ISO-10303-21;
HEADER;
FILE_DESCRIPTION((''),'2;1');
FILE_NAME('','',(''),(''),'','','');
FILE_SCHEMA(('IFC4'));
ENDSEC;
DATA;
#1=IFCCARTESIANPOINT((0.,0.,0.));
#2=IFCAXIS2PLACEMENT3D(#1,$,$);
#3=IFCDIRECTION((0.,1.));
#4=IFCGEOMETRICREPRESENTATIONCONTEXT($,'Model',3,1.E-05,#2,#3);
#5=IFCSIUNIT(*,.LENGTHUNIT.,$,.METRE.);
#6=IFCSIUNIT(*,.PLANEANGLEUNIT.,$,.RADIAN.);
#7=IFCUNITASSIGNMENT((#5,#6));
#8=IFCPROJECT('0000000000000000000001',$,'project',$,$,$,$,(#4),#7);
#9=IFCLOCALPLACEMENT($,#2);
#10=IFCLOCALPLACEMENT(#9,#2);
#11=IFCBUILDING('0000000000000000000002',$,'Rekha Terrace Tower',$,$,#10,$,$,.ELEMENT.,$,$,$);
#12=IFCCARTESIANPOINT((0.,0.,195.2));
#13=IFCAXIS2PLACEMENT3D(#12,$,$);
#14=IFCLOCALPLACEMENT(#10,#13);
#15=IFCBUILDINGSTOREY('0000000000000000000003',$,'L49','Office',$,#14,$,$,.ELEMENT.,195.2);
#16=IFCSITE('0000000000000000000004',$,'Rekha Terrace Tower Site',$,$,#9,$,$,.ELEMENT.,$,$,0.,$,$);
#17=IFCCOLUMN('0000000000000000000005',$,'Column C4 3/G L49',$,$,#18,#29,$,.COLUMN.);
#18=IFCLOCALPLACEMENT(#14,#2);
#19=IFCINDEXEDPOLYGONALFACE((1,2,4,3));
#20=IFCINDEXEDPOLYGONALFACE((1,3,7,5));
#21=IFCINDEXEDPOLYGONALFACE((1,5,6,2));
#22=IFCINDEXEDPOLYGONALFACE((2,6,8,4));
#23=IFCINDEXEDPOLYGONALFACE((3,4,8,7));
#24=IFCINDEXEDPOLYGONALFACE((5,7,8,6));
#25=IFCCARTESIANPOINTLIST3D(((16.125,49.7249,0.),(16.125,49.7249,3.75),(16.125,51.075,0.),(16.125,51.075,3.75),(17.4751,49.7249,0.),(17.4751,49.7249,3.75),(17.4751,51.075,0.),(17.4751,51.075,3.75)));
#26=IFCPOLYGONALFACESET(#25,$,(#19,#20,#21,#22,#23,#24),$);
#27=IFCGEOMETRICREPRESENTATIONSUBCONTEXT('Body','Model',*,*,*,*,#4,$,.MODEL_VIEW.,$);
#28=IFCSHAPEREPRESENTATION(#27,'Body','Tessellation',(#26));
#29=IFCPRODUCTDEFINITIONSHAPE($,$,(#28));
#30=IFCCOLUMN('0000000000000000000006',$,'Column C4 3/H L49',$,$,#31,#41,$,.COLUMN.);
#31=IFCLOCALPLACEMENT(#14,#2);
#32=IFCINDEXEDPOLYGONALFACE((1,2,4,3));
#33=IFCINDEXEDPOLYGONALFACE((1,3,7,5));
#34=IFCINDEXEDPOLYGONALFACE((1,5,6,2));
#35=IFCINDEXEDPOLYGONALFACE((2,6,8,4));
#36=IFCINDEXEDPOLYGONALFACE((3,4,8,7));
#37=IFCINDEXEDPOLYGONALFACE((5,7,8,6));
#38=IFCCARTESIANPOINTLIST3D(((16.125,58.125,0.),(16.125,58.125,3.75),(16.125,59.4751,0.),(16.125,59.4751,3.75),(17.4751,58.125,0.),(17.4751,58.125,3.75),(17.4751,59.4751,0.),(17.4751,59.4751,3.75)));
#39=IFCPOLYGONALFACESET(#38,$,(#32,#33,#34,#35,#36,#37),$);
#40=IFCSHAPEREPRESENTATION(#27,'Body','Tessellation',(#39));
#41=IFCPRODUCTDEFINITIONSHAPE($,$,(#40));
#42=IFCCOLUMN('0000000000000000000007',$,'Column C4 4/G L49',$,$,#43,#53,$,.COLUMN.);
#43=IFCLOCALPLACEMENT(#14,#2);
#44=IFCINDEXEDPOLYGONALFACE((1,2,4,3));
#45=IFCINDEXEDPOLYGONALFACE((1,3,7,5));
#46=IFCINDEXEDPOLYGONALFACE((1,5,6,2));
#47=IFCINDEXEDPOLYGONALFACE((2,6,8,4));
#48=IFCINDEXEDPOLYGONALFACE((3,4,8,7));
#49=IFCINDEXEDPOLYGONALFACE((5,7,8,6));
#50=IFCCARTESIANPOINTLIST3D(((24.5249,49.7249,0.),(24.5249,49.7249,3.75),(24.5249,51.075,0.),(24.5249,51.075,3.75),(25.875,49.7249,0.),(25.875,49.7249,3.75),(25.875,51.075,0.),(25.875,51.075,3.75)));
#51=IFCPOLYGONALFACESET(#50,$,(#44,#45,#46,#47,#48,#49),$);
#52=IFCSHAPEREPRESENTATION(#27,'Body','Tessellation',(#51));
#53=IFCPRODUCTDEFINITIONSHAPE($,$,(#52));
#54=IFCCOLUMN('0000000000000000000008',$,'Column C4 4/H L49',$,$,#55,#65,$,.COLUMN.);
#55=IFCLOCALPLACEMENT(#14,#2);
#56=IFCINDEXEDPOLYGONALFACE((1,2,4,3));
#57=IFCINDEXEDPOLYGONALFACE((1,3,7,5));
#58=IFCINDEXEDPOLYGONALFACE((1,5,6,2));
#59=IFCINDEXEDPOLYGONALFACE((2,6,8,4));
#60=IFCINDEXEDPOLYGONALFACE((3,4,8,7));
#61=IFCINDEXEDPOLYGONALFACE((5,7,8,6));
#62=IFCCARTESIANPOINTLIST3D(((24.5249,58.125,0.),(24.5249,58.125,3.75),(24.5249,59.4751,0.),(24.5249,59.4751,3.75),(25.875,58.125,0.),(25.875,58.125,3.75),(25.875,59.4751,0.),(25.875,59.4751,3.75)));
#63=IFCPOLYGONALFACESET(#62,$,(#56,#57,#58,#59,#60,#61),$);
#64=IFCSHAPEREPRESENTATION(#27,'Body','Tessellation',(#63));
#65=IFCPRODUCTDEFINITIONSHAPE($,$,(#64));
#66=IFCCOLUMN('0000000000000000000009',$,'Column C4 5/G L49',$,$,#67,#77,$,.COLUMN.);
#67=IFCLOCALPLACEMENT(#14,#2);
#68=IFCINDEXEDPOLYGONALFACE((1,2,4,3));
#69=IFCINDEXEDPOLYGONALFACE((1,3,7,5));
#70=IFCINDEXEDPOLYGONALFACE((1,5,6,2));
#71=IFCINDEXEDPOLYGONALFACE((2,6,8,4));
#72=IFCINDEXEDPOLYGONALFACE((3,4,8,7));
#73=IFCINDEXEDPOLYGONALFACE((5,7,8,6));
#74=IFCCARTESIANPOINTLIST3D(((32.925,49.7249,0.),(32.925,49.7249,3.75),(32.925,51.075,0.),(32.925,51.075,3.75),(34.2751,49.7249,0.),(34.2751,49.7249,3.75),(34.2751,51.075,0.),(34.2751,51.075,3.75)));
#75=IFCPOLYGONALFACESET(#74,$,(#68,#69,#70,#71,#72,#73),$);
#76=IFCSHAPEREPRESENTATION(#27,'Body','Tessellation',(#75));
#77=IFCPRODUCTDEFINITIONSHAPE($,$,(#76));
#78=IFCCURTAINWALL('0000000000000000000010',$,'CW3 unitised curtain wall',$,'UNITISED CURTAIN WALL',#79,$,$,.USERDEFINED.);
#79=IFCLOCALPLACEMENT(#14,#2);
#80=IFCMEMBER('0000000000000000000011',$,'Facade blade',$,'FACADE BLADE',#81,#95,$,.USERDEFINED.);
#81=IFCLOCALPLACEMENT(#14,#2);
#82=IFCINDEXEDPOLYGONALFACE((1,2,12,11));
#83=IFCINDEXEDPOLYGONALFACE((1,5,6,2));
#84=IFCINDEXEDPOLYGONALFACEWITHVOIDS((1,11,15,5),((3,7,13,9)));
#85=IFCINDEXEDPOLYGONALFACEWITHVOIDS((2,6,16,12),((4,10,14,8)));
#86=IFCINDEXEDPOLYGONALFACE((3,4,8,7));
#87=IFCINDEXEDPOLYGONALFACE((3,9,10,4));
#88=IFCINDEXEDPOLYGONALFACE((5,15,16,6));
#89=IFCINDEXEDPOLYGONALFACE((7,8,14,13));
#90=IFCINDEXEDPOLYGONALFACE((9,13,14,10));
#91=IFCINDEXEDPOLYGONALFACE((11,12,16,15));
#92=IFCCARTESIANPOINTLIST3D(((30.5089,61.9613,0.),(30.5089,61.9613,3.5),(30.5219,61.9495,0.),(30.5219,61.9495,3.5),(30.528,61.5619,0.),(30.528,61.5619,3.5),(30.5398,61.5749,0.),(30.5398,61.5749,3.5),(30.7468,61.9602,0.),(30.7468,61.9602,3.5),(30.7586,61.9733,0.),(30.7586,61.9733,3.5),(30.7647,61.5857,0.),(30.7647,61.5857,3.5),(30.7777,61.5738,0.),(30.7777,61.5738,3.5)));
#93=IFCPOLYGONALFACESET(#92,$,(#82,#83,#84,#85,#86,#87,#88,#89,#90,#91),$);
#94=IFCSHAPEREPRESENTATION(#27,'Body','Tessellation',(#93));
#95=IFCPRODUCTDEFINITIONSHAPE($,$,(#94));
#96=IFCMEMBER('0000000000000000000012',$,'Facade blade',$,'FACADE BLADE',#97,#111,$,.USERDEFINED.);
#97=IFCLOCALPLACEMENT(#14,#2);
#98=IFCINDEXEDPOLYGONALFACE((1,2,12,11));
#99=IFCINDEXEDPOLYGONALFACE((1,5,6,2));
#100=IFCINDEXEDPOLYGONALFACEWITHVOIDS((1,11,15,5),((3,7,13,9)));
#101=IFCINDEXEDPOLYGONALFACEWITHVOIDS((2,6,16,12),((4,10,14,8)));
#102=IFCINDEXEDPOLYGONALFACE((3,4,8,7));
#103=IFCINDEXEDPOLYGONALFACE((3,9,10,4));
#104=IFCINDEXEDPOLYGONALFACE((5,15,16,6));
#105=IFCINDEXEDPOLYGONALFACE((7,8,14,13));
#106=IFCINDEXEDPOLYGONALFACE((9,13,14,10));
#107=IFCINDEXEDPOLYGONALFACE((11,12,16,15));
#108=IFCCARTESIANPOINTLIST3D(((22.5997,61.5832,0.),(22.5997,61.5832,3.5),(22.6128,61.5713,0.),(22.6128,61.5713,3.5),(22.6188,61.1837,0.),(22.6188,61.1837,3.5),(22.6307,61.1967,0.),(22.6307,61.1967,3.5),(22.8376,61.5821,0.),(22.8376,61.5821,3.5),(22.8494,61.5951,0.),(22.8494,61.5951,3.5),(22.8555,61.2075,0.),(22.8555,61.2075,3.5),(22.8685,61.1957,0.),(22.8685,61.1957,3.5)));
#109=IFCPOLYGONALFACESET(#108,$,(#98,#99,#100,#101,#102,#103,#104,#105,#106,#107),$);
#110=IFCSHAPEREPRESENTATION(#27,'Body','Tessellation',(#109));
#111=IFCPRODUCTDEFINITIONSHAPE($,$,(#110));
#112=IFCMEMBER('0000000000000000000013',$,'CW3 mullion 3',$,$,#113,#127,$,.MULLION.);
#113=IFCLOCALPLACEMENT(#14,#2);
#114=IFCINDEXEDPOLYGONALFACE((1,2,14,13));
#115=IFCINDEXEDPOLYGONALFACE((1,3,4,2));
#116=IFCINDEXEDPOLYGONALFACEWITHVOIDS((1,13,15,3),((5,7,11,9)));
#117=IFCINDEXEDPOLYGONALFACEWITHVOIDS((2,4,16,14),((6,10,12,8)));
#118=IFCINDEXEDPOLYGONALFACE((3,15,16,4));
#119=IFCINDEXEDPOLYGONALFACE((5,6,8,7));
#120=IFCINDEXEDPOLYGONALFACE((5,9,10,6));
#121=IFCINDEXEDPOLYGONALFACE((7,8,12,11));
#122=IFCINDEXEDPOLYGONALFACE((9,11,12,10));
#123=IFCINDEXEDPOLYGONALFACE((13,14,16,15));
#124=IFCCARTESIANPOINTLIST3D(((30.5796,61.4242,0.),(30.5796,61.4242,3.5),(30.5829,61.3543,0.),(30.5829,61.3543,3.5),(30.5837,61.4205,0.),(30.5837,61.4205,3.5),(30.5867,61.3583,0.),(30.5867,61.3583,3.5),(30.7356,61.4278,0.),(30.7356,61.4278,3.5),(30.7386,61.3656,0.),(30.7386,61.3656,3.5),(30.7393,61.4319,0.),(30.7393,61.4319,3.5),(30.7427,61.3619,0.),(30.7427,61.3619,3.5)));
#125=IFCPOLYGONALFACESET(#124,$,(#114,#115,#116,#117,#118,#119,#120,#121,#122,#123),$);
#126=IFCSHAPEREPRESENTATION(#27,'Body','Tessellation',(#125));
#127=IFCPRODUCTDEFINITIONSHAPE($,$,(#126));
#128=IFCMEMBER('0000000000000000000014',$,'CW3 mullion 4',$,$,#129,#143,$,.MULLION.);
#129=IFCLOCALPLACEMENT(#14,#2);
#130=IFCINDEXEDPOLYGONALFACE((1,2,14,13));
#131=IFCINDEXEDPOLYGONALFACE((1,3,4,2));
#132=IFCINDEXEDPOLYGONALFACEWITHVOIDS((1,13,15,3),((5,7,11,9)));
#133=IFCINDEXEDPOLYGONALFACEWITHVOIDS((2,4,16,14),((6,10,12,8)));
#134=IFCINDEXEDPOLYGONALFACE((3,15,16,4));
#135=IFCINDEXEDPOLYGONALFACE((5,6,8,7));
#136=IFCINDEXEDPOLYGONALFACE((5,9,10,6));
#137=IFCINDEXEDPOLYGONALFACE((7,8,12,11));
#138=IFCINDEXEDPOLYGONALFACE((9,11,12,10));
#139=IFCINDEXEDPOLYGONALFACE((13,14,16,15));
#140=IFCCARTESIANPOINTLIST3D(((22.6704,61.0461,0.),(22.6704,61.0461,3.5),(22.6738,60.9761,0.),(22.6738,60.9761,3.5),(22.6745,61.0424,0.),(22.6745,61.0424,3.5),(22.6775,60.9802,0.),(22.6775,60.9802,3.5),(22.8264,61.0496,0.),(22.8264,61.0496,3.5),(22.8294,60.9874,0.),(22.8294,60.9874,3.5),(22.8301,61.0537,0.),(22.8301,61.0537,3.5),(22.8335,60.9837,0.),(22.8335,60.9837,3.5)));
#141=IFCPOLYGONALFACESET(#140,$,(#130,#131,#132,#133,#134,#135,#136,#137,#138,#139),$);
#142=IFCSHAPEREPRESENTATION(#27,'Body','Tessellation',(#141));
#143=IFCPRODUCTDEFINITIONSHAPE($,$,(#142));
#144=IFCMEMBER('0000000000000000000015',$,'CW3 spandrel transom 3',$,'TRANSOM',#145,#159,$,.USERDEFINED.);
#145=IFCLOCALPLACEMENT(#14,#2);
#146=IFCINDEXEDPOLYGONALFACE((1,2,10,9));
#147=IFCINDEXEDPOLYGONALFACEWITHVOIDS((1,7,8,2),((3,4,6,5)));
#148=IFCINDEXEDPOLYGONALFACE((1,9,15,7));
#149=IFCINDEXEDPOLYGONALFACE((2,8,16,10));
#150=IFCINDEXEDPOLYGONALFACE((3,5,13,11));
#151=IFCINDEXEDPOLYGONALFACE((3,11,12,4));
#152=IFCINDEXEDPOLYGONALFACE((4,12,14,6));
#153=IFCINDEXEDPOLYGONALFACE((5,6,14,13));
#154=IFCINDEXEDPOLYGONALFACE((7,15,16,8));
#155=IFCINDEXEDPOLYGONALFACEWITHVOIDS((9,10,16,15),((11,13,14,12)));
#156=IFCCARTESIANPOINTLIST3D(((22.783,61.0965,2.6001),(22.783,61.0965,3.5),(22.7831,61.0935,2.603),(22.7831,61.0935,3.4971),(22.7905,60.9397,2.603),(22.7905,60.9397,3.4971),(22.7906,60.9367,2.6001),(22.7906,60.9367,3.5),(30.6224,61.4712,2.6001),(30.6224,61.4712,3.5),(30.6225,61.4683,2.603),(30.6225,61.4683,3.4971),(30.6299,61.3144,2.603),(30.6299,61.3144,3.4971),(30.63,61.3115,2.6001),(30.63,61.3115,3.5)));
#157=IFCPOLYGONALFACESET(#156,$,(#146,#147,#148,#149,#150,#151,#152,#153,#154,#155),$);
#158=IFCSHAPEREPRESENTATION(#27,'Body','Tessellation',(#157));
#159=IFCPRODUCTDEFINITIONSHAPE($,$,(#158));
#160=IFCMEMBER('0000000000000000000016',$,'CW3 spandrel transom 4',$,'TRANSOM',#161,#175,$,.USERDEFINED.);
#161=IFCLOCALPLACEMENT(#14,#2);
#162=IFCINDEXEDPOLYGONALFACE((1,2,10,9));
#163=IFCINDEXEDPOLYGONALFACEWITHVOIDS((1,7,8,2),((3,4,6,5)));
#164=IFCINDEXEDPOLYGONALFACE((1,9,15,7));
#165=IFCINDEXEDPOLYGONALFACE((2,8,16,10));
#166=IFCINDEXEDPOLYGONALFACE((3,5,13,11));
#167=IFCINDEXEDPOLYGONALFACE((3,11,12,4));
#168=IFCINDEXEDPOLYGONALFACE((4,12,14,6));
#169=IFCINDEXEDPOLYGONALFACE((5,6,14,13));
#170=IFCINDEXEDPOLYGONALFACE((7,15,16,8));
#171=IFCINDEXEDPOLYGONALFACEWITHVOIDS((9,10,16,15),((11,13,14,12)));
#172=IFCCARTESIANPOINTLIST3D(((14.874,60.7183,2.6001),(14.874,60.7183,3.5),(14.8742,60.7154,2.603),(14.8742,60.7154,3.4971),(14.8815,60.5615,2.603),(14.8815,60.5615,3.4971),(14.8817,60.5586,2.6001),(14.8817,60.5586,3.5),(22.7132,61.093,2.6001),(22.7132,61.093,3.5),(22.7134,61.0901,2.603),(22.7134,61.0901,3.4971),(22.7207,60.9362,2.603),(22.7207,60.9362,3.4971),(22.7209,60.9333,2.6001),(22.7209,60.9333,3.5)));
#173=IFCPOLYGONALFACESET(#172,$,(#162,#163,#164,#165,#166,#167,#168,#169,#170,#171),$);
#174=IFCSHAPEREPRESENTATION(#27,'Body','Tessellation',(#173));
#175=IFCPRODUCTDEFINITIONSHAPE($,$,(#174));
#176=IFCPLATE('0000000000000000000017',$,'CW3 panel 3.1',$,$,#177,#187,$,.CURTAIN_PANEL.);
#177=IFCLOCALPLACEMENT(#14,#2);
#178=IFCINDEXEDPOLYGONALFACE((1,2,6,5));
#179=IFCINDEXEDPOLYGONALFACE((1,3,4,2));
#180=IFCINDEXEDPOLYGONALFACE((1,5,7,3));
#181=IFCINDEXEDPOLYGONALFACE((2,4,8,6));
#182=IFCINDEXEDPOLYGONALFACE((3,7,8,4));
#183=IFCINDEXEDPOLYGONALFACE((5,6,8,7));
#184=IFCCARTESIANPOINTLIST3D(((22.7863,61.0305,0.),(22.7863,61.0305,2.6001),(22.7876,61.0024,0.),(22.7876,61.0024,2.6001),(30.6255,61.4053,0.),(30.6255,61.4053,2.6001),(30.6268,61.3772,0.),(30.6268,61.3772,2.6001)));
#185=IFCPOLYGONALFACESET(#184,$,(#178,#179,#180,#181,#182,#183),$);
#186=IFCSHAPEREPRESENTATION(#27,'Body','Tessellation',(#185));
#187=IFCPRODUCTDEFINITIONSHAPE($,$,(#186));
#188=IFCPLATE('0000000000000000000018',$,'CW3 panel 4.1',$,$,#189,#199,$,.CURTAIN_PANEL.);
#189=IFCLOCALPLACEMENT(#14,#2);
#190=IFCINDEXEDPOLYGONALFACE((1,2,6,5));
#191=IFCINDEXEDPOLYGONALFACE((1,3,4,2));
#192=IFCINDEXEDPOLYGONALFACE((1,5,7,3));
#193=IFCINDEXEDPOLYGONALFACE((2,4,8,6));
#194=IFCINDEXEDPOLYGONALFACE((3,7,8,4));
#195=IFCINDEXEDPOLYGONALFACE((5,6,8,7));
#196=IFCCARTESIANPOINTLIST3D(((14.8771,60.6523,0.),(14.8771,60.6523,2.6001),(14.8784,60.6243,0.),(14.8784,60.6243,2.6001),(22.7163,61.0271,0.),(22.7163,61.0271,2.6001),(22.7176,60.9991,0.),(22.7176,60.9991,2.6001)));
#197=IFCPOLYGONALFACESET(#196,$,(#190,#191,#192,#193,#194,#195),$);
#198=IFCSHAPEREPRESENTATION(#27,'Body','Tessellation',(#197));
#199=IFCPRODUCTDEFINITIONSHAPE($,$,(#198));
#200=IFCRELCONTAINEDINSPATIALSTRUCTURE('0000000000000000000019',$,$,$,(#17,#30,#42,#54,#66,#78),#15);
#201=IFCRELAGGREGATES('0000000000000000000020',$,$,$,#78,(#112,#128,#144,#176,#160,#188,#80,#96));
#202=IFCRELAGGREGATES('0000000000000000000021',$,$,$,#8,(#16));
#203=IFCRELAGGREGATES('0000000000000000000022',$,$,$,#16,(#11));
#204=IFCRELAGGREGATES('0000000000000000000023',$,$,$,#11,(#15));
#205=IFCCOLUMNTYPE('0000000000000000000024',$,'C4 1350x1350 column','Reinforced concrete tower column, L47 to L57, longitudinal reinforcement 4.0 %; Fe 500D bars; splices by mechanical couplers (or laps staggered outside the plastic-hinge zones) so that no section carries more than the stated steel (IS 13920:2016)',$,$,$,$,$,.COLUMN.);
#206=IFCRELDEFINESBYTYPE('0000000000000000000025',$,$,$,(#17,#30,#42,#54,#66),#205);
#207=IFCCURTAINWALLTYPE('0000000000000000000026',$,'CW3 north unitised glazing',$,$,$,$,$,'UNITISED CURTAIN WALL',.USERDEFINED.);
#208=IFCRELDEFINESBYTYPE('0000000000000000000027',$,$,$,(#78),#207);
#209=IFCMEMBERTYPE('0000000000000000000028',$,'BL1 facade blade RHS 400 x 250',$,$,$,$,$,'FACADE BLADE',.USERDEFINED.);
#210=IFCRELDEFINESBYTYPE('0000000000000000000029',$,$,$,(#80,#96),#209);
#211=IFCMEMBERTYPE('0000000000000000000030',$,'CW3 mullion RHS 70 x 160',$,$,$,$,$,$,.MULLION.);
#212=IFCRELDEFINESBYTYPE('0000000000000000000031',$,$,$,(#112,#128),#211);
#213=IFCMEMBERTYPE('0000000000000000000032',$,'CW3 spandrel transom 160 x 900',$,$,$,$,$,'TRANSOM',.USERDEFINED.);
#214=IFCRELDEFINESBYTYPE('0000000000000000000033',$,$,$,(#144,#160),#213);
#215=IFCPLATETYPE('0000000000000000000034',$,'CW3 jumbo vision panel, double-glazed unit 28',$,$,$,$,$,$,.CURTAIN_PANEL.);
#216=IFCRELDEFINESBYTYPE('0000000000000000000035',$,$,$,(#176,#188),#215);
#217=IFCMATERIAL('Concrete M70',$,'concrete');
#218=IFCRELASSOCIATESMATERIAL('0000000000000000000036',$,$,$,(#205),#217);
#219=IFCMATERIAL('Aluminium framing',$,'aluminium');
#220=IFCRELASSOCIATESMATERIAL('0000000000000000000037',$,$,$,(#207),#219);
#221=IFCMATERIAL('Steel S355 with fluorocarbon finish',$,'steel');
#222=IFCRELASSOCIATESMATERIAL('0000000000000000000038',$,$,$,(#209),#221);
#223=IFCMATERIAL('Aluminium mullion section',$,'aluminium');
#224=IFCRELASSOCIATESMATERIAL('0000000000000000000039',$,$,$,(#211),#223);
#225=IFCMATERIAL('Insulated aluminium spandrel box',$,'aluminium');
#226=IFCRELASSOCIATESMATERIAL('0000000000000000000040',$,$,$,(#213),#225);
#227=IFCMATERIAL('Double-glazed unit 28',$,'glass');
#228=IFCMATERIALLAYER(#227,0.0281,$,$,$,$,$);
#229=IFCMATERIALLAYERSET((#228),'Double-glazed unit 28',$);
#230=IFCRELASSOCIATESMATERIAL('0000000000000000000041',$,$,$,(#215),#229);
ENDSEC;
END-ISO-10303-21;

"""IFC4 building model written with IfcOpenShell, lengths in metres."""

from ifc_helpers import new_model, si_unit, direction, frame, origin, origin_2d, place, context, subcontext, project, spatial, rectangle, hollow_rectangle, extrude, material, layer, layer_set, material_profile, profile_set, type_object, element, aggregate, save


model = new_model("IFC4")

# Units and contexts
model_context = context("Model", 3, precision=1e-05, world=origin(), true_north=direction((0.0, 1.0)))
body_context = subcontext(model_context, "Body", "Model", "MODEL_VIEW")
ifc_project = project(units=[si_unit("LENGTHUNIT", "METRE"), si_unit("PLANEANGLEUNIT", "RADIAN")], contexts=[model_context])

# Site, building, storey
site_placement = place(None, origin())
site = spatial("IfcSite", under=ifc_project, at=site_placement, Name="Rekha Terrace Tower Site", CompositionType="ELEMENT", RefElevation=0.0)
building_placement = place(site_placement, origin())
building = spatial("IfcBuilding", under=site, at=building_placement, Name="Rekha Terrace Tower", CompositionType="ELEMENT")
storey_placement = place(building_placement, frame((0.0, 0.0, 195.2)))
storey = spatial("IfcBuildingStorey", under=building, at=storey_placement, Name="L49", Description="Office", CompositionType="ELEMENT", Elevation=195.2)

# Columns
ifc_material_1 = material(Name="Concrete M70", Category="concrete")
ifc_material_profile_1 = material_profile(ifc_material_1, rectangle(XDim=1.3501, YDim=1.3501, at=origin_2d()), Name="RC 1350x1350")
ifc_profile_set_1 = profile_set([ifc_material_profile_1], Name="Concrete M70")
column_type = type_object("IfcColumnType", Name="C4 1350x1350 column", Description="Reinforced concrete tower column, L47 to L57, longitudinal reinforcement 4.0 %; Fe 500D bars; splices by mechanical couplers (or laps staggered outside the plastic-hinge zones) so that no section carries more than the stated steel (IS 13920:2016)", PredefinedType="COLUMN", material=ifc_profile_set_1)
for number, where, z_axis, x_axis, name in (
    (1, (16.8, 50.3999, 0.0), (0.0, 0.0, 1.0), (1.0, 0.0, 0.0), "Column C4 3/G L49"),
    (2, (16.8, 58.8, 0.0), (0.0, 0.0, 1.0), (1.0, 0.0, 0.0), "Column C4 3/H L49"),
    (3, (25.2, 50.3999, 0.0), (0.0, 0.0, 1.0), (1.0, 0.0, 0.0), "Column C4 4/G L49"),
    (4, (25.2, 58.8, 0.0), (0.0, 0.0, 1.0), (1.0, 0.0, 0.0), "Column C4 4/H L49"),
    (5, (33.6001, 50.3999, 0.0), (0.0, 0.0, 1.0), (1.0, 0.0, 0.0), "Column C4 5/G L49"),
):
    element("IfcColumn", number, at=place(storey_placement, frame(where, z_axis=z_axis, x_axis=x_axis)), inside=storey, type_object=column_type, Name=name, PredefinedType="COLUMN", context=body_context, shape_type="SweptSolid", body=[
        extrude(rectangle(XDim=1.3501, YDim=1.3501, at=origin_2d()), origin(), (0.0, 0.0, 1.0), 3.75),
    ])

# Curtain wall, members, plates
ifc_material_2 = material(Name="Aluminium framing", Category="aluminium")
curtain_wall_type = type_object("IfcCurtainWallType", Name="CW3 north unitised glazing", ElementType="UNITISED CURTAIN WALL", PredefinedType="USERDEFINED", material=ifc_material_2)
curtain_wall_placement = place(storey_placement, origin())
curtain_wall = element("IfcCurtainWall", 6, at=curtain_wall_placement, inside=storey, type_object=curtain_wall_type, Name="CW3 unitised curtain wall", ObjectType="UNITISED CURTAIN WALL", PredefinedType="USERDEFINED")
ifc_material_3 = material(Name="Steel S355 with fluorocarbon finish", Category="steel")
ifc_material_profile_2 = material_profile(ifc_material_3, hollow_rectangle(XDim=0.25, YDim=0.3999, WallThickness=0.0125, at=origin_2d()), Name="RHS400x250x12.5")
ifc_profile_set_2 = profile_set([ifc_material_profile_2], Name="Steel S355 with fluorocarbon finish")
member_type_1 = type_object("IfcMemberType", Name="BL1 facade blade RHS 400 x 250", ElementType="FACADE BLADE", PredefinedType="USERDEFINED", material=ifc_profile_set_2)
member_1_placement = place(storey_placement, frame((30.6433, 61.7676, 0.0), z_axis=(0.0, 0.0, 1.0), x_axis=(-0.998859, -0.047758, 0.0)))
member_1 = element("IfcMember", 7, at=member_1_placement, type_object=member_type_1, Name="Facade blade", ObjectType="FACADE BLADE", PredefinedType="USERDEFINED", context=body_context, shape_type="SweptSolid", body=[
    extrude(hollow_rectangle(XDim=0.25, YDim=0.3999, WallThickness=0.0125, at=origin_2d()), origin(), (0.0, 0.0, 1.0), 3.5),
])
member_2_placement = place(storey_placement, frame((22.7341, 61.3894, 0.0), z_axis=(0.0, 0.0, 1.0), x_axis=(-0.998859, -0.047758, 0.0)))
member_2 = element("IfcMember", 8, at=member_2_placement, type_object=member_type_1, Name="Facade blade", ObjectType="FACADE BLADE", PredefinedType="USERDEFINED", context=body_context, shape_type="SweptSolid", body=[
    extrude(hollow_rectangle(XDim=0.25, YDim=0.3999, WallThickness=0.0125, at=origin_2d()), origin(), (0.0, 0.0, 1.0), 3.5),
])
ifc_material_4 = material(Name="Aluminium mullion section", Category="aluminium")
ifc_material_profile_3 = material_profile(ifc_material_4, hollow_rectangle(XDim=0.0701, YDim=0.1599, WallThickness=0.0039, at=origin_2d()), Name="AL RHS 70x160")
ifc_profile_set_3 = profile_set([ifc_material_profile_3], Name="Aluminium mullion section")
member_type_2 = type_object("IfcMemberType", Name="CW3 mullion RHS 70 x 160", PredefinedType="MULLION", material=ifc_profile_set_3)
member_3_placement = place(storey_placement, frame((30.6611, 61.3931, 0.0), z_axis=(0.0, 0.0, 1.0), x_axis=(0.047759, -0.998859, 0.0)))
member_3 = element("IfcMember", 9, at=member_3_placement, type_object=member_type_2, Name="CW3 mullion 3", PredefinedType="MULLION", context=body_context, shape_type="SweptSolid", body=[
    extrude(hollow_rectangle(XDim=0.0701, YDim=0.1599, WallThickness=0.0039, at=origin_2d()), origin(), (0.0, 0.0, 1.0), 3.5),
])
member_4_placement = place(storey_placement, frame((22.752, 61.0149, 0.0), z_axis=(0.0, 0.0, 1.0), x_axis=(0.047759, -0.998859, 0.0)))
member_4 = element("IfcMember", 10, at=member_4_placement, type_object=member_type_2, Name="CW3 mullion 4", PredefinedType="MULLION", context=body_context, shape_type="SweptSolid", body=[
    extrude(hollow_rectangle(XDim=0.0701, YDim=0.1599, WallThickness=0.0039, at=origin_2d()), origin(), (0.0, 0.0, 1.0), 3.5),
])
ifc_material_5 = material(Name="Insulated aluminium spandrel box", Category="aluminium")
ifc_material_profile_4 = material_profile(ifc_material_5, hollow_rectangle(XDim=0.1599, YDim=0.8999, WallThickness=0.0029, at=origin_2d()), Name="AL SPANDREL BOX 160x900")
ifc_profile_set_4 = profile_set([ifc_material_profile_4], Name="Insulated aluminium spandrel box")
member_type_3 = type_object("IfcMemberType", Name="CW3 spandrel transom 160 x 900", ElementType="TRANSOM", PredefinedType="USERDEFINED", material=ifc_profile_set_4)
member_5_placement = place(storey_placement, frame((30.6262, 61.3914, 3.05), z_axis=(-0.998859, -0.04775, 0.0), x_axis=(0.04775, -0.998859, 0.0)))
member_5 = element("IfcMember", 11, at=member_5_placement, type_object=member_type_3, Name="CW3 spandrel transom 3", ObjectType="TRANSOM", PredefinedType="USERDEFINED", context=body_context, shape_type="SweptSolid", body=[
    extrude(hollow_rectangle(XDim=0.1599, YDim=0.8999, WallThickness=0.0029, at=origin_2d()), origin(), (0.0, 0.0, 1.0), 7.8484),
])
member_6_placement = place(storey_placement, frame((22.717, 61.0132, 3.05), z_axis=(-0.998859, -0.047751, 0.0), x_axis=(0.047751, -0.998859, 0.0)))
member_6 = element("IfcMember", 12, at=member_6_placement, type_object=member_type_3, Name="CW3 spandrel transom 4", ObjectType="TRANSOM", PredefinedType="USERDEFINED", context=body_context, shape_type="SweptSolid", body=[
    extrude(hollow_rectangle(XDim=0.1599, YDim=0.8999, WallThickness=0.0029, at=origin_2d()), origin(), (0.0, 0.0, 1.0), 7.8481),
])
ifc_material_6 = material(Name="Double-glazed unit 28", Category="glass")
ifc_layer_1 = layer(ifc_material_6, 0.0281)
ifc_layer_set_1 = layer_set([ifc_layer_1], Name="Double-glazed unit 28")
plate_type = type_object("IfcPlateType", Name="CW3 jumbo vision panel, double-glazed unit 28", PredefinedType="CURTAIN_PANEL", material=ifc_layer_set_1)
plate_1_placement = place(storey_placement, frame((26.7065, 61.2039, 0.0), z_axis=(0.0, 0.0, 1.0), x_axis=(-0.998859, -0.047759, 0.0)))
plate_1 = element("IfcPlate", 13, at=plate_1_placement, type_object=plate_type, Name="CW3 panel 3.1", PredefinedType="CURTAIN_PANEL", context=body_context, shape_type="SweptSolid", body=[
    extrude(rectangle(XDim=7.8481, YDim=0.0281, at=origin_2d()), origin(), (0.0, 0.0, 1.0), 2.6001),
])
plate_2_placement = place(storey_placement, frame((18.7974, 60.8257, 0.0), z_axis=(0.0, 0.0, 1.0), x_axis=(-0.998859, -0.047759, 0.0)))
plate_2 = element("IfcPlate", 14, at=plate_2_placement, type_object=plate_type, Name="CW3 panel 4.1", PredefinedType="CURTAIN_PANEL", context=body_context, shape_type="SweptSolid", body=[
    extrude(rectangle(XDim=7.8481, YDim=0.0281, at=origin_2d()), origin(), (0.0, 0.0, 1.0), 2.6001),
])
aggregate(curtain_wall, [member_3, member_4, member_5, plate_1, member_6, plate_2, member_1, member_2])

save(model, "model.ifc")
